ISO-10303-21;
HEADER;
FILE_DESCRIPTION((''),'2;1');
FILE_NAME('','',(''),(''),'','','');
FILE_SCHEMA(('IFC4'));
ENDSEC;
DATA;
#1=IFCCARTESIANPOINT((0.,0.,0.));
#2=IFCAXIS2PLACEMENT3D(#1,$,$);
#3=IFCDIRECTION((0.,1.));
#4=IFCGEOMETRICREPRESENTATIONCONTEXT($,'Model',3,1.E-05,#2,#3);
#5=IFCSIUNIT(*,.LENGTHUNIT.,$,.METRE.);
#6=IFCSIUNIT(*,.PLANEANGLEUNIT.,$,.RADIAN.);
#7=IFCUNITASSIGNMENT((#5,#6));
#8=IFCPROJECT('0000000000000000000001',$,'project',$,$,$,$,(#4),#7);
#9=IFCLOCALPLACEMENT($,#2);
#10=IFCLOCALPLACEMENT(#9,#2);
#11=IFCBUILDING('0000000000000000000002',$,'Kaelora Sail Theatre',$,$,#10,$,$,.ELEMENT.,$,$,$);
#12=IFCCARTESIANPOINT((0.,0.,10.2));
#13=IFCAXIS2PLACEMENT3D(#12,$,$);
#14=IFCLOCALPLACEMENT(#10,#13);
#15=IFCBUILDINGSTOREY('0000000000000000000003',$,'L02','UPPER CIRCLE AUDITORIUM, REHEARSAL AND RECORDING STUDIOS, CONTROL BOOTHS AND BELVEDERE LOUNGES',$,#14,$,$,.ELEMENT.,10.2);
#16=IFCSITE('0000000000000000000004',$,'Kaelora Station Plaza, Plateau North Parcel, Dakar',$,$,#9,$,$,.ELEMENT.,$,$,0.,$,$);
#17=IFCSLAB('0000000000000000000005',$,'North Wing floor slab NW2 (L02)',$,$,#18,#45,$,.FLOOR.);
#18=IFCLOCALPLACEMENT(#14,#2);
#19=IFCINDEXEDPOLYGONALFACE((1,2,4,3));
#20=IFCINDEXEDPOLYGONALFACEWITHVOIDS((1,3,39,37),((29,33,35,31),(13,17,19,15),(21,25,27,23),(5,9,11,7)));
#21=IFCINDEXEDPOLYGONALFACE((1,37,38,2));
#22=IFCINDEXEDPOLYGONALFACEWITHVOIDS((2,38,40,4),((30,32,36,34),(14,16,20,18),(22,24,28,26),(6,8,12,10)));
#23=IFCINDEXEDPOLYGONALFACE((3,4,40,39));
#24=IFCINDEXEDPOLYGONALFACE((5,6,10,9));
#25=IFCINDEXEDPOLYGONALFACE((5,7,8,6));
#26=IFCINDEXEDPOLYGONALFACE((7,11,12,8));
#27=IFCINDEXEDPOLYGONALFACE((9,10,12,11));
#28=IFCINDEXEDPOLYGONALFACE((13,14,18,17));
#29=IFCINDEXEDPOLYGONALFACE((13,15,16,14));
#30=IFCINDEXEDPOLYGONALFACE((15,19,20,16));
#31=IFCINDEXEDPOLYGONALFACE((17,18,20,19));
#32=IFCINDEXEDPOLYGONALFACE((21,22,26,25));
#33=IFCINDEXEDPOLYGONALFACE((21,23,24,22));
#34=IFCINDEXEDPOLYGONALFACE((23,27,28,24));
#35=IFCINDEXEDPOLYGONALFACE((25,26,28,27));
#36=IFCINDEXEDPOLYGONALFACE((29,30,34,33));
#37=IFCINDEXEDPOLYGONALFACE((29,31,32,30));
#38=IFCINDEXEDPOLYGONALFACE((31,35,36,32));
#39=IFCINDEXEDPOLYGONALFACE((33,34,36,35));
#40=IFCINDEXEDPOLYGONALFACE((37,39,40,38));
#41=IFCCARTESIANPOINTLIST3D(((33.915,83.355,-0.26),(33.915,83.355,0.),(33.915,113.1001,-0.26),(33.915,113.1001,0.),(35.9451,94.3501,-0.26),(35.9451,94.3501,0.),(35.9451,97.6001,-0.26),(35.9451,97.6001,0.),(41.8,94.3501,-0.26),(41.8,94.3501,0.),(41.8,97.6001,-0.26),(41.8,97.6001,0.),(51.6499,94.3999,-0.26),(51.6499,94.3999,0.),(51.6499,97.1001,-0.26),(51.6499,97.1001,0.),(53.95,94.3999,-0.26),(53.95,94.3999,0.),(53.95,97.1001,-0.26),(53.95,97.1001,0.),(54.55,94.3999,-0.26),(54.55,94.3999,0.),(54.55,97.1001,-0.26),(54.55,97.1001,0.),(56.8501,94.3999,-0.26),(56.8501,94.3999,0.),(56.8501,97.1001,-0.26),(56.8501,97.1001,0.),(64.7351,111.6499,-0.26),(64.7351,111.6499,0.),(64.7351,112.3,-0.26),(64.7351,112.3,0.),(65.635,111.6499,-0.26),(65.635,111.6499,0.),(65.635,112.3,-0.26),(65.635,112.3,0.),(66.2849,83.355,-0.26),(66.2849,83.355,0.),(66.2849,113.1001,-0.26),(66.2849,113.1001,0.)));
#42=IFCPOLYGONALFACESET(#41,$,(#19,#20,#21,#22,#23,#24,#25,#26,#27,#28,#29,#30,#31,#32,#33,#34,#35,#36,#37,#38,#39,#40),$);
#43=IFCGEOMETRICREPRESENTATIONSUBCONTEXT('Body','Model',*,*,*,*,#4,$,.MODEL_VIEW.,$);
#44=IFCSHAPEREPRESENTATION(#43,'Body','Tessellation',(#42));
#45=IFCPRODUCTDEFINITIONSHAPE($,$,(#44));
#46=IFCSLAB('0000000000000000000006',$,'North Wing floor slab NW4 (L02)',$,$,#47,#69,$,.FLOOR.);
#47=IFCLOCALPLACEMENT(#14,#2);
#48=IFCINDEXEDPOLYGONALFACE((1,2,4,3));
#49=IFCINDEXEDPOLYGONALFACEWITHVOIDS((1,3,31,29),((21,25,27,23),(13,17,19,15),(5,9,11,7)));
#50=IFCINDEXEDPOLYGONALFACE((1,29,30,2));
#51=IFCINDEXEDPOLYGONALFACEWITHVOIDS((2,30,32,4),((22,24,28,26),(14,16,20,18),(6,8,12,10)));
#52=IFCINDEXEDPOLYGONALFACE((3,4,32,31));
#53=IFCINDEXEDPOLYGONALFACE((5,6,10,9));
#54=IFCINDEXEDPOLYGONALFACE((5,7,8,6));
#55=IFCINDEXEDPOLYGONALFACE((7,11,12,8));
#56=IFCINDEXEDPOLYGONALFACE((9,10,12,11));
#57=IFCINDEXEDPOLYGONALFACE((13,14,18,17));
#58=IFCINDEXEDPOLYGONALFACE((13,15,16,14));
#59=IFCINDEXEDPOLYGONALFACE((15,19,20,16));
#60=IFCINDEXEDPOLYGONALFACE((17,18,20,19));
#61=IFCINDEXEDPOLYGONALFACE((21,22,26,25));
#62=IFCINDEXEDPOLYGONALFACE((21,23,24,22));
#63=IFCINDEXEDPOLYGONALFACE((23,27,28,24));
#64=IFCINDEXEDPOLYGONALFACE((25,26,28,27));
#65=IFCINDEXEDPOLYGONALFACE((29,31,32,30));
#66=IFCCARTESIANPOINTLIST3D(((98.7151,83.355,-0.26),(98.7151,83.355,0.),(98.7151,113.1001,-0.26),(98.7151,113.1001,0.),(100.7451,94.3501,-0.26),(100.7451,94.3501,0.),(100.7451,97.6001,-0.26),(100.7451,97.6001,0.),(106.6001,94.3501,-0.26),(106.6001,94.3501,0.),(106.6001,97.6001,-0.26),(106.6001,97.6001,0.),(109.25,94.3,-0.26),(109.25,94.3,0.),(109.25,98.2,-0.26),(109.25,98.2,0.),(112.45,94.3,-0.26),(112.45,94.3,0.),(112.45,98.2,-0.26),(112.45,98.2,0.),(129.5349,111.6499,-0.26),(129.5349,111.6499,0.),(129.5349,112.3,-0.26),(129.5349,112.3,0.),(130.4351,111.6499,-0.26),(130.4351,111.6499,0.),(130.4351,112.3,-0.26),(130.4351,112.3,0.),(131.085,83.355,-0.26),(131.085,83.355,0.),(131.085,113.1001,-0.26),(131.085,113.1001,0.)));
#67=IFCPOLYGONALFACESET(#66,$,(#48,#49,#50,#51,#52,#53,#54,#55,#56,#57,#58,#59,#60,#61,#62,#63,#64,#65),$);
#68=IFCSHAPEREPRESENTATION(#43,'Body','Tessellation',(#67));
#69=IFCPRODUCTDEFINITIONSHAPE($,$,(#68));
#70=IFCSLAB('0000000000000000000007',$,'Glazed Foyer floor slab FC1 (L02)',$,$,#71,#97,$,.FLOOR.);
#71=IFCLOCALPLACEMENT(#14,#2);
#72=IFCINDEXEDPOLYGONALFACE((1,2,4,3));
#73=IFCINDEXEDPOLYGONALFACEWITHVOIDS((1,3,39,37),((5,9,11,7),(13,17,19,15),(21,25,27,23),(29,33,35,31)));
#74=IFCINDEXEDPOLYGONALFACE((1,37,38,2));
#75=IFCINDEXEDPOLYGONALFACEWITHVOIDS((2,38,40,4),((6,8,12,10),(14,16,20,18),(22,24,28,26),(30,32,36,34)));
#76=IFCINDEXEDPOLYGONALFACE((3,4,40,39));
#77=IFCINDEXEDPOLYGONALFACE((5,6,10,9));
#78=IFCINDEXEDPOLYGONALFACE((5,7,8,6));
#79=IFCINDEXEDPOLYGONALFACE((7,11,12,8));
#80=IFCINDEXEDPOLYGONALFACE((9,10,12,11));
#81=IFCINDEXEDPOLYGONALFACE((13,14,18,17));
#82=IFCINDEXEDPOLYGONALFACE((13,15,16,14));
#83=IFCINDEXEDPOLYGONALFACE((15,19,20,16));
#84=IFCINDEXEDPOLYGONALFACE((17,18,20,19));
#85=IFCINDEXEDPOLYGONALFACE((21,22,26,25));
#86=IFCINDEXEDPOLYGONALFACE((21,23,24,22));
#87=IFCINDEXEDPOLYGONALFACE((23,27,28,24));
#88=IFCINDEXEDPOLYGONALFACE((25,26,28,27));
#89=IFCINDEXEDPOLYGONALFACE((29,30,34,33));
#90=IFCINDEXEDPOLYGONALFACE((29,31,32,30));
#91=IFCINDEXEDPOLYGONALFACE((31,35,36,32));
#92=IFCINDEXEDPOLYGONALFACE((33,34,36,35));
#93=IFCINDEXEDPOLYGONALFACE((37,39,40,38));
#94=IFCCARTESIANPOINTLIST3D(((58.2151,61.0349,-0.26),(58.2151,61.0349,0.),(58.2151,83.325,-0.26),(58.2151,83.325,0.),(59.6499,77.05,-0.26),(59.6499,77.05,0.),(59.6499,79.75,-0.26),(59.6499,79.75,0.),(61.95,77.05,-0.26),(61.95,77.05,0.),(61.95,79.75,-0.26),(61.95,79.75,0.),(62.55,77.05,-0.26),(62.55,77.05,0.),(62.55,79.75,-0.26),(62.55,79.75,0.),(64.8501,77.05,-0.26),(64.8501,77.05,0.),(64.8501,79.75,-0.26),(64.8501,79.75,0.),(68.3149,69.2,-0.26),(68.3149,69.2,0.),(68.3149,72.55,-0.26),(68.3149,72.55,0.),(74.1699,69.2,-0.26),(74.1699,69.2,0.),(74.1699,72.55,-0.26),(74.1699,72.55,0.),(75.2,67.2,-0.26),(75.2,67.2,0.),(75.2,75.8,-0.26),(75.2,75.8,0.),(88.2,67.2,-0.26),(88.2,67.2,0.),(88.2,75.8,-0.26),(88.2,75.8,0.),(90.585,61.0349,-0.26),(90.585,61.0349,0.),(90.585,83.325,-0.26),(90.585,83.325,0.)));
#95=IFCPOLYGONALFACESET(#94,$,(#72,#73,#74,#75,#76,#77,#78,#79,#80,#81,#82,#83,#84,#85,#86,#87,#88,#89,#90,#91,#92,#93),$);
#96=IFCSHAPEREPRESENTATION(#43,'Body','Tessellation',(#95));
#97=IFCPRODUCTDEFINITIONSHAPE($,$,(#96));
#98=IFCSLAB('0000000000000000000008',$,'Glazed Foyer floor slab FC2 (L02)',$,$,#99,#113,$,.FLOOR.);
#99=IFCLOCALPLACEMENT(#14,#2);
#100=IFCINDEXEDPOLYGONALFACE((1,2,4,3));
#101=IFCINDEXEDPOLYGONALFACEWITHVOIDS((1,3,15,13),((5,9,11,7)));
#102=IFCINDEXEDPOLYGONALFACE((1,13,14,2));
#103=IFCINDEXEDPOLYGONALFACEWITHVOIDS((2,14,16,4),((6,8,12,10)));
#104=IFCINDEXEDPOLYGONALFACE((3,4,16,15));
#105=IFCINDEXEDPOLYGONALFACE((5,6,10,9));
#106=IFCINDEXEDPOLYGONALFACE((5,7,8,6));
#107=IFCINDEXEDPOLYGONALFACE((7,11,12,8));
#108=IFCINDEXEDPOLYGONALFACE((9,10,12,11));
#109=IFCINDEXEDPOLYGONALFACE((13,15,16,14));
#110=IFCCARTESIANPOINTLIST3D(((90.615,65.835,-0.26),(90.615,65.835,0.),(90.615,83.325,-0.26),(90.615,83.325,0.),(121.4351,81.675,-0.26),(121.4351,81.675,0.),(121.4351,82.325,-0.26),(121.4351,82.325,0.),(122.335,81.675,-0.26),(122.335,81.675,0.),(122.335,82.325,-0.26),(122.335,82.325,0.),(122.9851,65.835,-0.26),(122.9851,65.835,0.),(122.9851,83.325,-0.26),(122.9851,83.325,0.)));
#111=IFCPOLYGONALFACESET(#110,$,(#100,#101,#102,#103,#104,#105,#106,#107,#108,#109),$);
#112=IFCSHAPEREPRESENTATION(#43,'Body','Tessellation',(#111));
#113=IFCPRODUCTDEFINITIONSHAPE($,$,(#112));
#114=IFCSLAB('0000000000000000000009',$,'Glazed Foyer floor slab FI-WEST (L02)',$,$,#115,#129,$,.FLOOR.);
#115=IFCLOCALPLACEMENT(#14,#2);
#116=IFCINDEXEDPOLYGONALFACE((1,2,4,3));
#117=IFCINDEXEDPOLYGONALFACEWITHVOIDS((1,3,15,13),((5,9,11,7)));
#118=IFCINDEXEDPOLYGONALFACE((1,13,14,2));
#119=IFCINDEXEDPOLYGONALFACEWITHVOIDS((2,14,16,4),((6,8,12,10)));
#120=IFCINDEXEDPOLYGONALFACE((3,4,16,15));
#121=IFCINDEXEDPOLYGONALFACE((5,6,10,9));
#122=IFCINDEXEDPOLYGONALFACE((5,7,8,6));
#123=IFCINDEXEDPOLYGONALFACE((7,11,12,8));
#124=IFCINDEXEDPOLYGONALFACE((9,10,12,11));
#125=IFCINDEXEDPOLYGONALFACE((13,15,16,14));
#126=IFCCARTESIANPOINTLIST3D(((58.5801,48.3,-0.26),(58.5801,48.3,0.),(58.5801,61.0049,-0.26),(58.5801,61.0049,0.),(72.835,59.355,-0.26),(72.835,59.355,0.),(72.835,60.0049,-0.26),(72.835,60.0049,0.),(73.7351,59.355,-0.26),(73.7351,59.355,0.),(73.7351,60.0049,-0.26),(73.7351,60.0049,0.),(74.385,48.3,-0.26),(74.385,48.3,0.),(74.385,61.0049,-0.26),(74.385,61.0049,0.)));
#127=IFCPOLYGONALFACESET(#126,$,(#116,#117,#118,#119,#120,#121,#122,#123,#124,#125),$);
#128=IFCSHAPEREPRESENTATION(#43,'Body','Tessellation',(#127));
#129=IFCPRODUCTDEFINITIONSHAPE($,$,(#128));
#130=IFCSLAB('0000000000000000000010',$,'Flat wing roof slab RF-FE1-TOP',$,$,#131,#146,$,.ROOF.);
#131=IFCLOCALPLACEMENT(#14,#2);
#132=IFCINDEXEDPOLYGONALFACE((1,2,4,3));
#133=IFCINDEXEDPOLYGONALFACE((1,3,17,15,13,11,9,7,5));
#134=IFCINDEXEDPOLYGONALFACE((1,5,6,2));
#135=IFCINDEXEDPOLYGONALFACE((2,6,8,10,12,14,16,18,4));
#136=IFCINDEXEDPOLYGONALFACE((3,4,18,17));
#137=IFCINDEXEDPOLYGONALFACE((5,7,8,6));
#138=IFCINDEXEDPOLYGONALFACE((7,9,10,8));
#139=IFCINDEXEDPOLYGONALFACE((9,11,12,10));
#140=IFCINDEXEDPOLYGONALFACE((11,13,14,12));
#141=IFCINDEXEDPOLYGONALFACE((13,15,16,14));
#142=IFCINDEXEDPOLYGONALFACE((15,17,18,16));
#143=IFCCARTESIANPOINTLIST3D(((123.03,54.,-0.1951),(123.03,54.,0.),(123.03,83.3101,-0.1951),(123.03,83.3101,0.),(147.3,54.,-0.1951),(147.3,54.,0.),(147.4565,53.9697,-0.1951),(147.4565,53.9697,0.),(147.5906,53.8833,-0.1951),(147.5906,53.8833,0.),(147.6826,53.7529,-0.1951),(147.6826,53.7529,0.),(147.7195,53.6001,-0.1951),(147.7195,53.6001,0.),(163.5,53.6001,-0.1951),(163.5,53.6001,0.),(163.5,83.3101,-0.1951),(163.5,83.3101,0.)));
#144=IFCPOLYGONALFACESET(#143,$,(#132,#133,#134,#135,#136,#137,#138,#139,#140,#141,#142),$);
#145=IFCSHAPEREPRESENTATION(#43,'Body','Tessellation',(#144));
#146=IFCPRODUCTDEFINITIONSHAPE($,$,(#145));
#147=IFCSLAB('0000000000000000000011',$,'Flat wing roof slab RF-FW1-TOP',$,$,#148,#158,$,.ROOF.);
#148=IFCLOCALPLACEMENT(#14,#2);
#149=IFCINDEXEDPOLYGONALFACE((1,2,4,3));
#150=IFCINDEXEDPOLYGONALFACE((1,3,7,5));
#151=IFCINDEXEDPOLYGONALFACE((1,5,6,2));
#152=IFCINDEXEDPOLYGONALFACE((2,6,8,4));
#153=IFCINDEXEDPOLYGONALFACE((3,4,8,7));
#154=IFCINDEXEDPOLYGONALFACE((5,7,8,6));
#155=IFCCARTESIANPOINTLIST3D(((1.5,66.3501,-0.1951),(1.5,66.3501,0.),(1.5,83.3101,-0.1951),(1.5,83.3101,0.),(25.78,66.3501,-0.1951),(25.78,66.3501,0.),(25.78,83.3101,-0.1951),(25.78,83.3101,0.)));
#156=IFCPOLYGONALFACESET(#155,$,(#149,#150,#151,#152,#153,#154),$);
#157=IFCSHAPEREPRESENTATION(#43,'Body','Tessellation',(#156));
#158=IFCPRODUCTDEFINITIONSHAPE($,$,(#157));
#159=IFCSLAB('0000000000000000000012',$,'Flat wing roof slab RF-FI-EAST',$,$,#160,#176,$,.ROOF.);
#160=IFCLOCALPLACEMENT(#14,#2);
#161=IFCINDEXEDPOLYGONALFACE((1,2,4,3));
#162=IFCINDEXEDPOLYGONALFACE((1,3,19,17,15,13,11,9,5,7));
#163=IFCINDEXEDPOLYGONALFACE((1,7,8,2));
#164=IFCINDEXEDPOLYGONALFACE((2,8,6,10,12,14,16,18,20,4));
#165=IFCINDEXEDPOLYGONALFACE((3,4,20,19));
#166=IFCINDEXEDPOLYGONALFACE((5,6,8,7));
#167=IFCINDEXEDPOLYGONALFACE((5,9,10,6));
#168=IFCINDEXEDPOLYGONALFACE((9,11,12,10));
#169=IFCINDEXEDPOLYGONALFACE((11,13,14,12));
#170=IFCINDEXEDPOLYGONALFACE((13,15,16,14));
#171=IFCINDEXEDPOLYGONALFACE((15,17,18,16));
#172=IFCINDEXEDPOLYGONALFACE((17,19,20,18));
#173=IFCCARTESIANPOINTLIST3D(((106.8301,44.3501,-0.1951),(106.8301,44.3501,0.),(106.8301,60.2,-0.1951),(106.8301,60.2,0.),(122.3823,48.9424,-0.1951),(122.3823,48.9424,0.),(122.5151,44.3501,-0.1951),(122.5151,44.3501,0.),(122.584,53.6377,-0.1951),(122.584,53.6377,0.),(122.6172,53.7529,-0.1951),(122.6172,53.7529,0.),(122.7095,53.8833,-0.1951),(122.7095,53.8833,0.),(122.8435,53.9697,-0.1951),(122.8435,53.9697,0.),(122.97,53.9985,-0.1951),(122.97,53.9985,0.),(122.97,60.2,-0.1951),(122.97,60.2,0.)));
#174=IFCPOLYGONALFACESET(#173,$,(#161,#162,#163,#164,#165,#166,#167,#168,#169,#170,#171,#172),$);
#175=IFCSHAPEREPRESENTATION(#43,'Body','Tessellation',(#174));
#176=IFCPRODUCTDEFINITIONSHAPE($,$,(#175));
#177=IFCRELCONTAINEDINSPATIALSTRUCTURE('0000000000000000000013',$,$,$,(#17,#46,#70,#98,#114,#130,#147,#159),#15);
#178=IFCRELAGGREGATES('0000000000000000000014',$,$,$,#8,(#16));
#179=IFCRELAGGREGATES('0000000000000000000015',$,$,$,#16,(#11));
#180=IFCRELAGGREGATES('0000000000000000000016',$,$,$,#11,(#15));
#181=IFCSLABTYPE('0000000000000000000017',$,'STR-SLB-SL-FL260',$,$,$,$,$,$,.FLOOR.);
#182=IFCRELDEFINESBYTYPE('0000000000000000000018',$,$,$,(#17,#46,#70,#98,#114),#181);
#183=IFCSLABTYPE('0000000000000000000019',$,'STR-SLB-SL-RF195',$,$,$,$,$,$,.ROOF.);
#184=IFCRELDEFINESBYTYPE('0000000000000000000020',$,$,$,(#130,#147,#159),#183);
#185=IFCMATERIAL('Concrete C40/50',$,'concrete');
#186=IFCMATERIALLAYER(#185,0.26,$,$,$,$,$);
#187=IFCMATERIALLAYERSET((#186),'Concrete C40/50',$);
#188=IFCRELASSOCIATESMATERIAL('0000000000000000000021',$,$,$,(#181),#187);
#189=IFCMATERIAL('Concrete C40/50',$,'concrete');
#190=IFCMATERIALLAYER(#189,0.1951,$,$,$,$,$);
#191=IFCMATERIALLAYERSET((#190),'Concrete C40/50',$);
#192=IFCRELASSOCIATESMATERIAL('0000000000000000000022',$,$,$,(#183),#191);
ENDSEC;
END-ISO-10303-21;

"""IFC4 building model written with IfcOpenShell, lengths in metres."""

from ifc_helpers import new_model, si_unit, direction, frame, origin, place, context, subcontext, project, spatial, polyline, outline, extrude, material, layer, layer_set, type_object, element, save


model = new_model("IFC4")

# Units and contexts
model_context = context("Model", 3, precision=1e-05, world=origin(), true_north=direction((0.0, 1.0)))
body_context = subcontext(model_context, "Body", "Model", "MODEL_VIEW")
ifc_project = project(units=[si_unit("LENGTHUNIT", "METRE"), si_unit("PLANEANGLEUNIT", "RADIAN")], contexts=[model_context])

# Site, building, storey
site_placement = place(None, origin())
site = spatial("IfcSite", under=ifc_project, at=site_placement, Name="Kaelora Station Plaza, Plateau North Parcel, Dakar", CompositionType="ELEMENT", RefElevation=0.0)
building_placement = place(site_placement, origin())
building = spatial("IfcBuilding", under=site, at=building_placement, Name="Kaelora Sail Theatre", CompositionType="ELEMENT")
storey_placement = place(building_placement, frame((0.0, 0.0, 10.2)))
storey = spatial("IfcBuildingStorey", under=building, at=storey_placement, Name="L02", Description="UPPER CIRCLE AUDITORIUM, REHEARSAL AND RECORDING STUDIOS, CONTROL BOOTHS AND BELVEDERE LOUNGES", CompositionType="ELEMENT", Elevation=10.2)

# Slabs
ifc_material_1 = material(Name="Concrete C40/50", Category="concrete")
ifc_layer_1 = layer(ifc_material_1, 0.26)
ifc_layer_set_1 = layer_set([ifc_layer_1], Name="Concrete C40/50")
slab_type_1 = type_object("IfcSlabType", Name="STR-SLB-SL-FL260", PredefinedType="FLOOR", material=ifc_layer_set_1)
slab_1_placement = place(storey_placement, frame((0.0, 0.0, -0.26)))
element("IfcSlab", 1, at=slab_1_placement, inside=storey, type_object=slab_type_1, Name="North Wing floor slab NW2 (L02)", PredefinedType="FLOOR", context=body_context, shape_type="SweptSolid", body=[
    extrude(outline(polyline([(33.915, 83.355), (33.915, 113.1001), (66.2849, 113.1001), (66.2849, 83.355), (33.915, 83.355)]), holes=[polyline([(35.9451, 94.3501), (41.8, 94.3501), (41.8, 97.6001), (35.9451, 97.6001), (35.9451, 94.3501)]), polyline([(51.6499, 94.3999), (53.95, 94.3999), (53.95, 97.1001), (51.6499, 97.1001), (51.6499, 94.3999)]), polyline([(54.55, 94.3999), (56.8501, 94.3999), (56.8501, 97.1001), (54.55, 97.1001), (54.55, 94.3999)]), polyline([(64.7351, 111.6499), (65.635, 111.6499), (65.635, 112.3), (64.7351, 112.3), (64.7351, 111.6499)])]), origin(), (0.0, 0.0, 1.0), 0.26),
])
slab_2_placement = place(storey_placement, frame((0.0, 0.0, -0.26)))
element("IfcSlab", 2, at=slab_2_placement, inside=storey, type_object=slab_type_1, Name="North Wing floor slab NW4 (L02)", PredefinedType="FLOOR", context=body_context, shape_type="SweptSolid", body=[
    extrude(outline(polyline([(98.7151, 83.355), (98.7151, 113.1001), (131.085, 113.1001), (131.085, 83.355), (98.7151, 83.355)]), holes=[polyline([(100.7451, 94.3501), (106.6001, 94.3501), (106.6001, 97.6001), (100.7451, 97.6001), (100.7451, 94.3501)]), polyline([(109.25, 94.3), (112.45, 94.3), (112.45, 98.2), (109.25, 98.2), (109.25, 94.3)]), polyline([(129.5349, 111.6499), (130.4351, 111.6499), (130.4351, 112.3), (129.5349, 112.3), (129.5349, 111.6499)])]), origin(), (0.0, 0.0, 1.0), 0.26),
])
slab_3_placement = place(storey_placement, frame((0.0, 0.0, -0.26)))
element("IfcSlab", 3, at=slab_3_placement, inside=storey, type_object=slab_type_1, Name="Glazed Foyer floor slab FC1 (L02)", PredefinedType="FLOOR", context=body_context, shape_type="SweptSolid", body=[
    extrude(outline(polyline([(58.2151, 61.0349), (90.585, 61.0349), (90.585, 83.325), (58.2151, 83.325), (58.2151, 61.0349)]), holes=[polyline([(68.3149, 69.2), (74.1699, 69.2), (74.1699, 72.55), (68.3149, 72.55), (68.3149, 69.2)]), polyline([(59.6499, 77.05), (61.95, 77.05), (61.95, 79.75), (59.6499, 79.75), (59.6499, 77.05)]), polyline([(62.55, 77.05), (64.8501, 77.05), (64.8501, 79.75), (62.55, 79.75), (62.55, 77.05)]), polyline([(75.2, 67.2), (88.2, 67.2), (88.2, 75.8), (75.2, 75.8), (75.2, 67.2)])]), origin(), (0.0, 0.0, 1.0), 0.26),
])
slab_4_placement = place(storey_placement, frame((0.0, 0.0, -0.26)))
element("IfcSlab", 4, at=slab_4_placement, inside=storey, type_object=slab_type_1, Name="Glazed Foyer floor slab FC2 (L02)", PredefinedType="FLOOR", context=body_context, shape_type="SweptSolid", body=[
    extrude(outline(polyline([(90.615, 65.835), (122.9851, 65.835), (122.9851, 83.325), (90.615, 83.325), (90.615, 65.835)]), holes=[polyline([(121.4351, 81.675), (122.335, 81.675), (122.335, 82.325), (121.4351, 82.325), (121.4351, 81.675)])]), origin(), (0.0, 0.0, 1.0), 0.26),
])
slab_5_placement = place(storey_placement, frame((0.0, 0.0, -0.26)))
element("IfcSlab", 5, at=slab_5_placement, inside=storey, type_object=slab_type_1, Name="Glazed Foyer floor slab FI-WEST (L02)", PredefinedType="FLOOR", context=body_context, shape_type="SweptSolid", body=[
    extrude(outline(polyline([(58.5801, 48.3), (74.385, 48.3), (74.385, 61.0049), (58.5801, 61.0049), (58.5801, 48.3)]), holes=[polyline([(72.835, 59.355), (73.7351, 59.355), (73.7351, 60.0049), (72.835, 60.0049), (72.835, 59.355)])]), origin(), (0.0, 0.0, 1.0), 0.26),
])
ifc_material_2 = material(Name="Concrete C40/50", Category="concrete")
ifc_layer_2 = layer(ifc_material_2, 0.1951)
ifc_layer_set_2 = layer_set([ifc_layer_2], Name="Concrete C40/50")
slab_type_2 = type_object("IfcSlabType", Name="STR-SLB-SL-RF195", PredefinedType="ROOF", material=ifc_layer_set_2)
slab_6_placement = place(storey_placement, frame((0.0, 0.0, -0.1951)))
element("IfcSlab", 6, at=slab_6_placement, inside=storey, type_object=slab_type_2, Name="Flat wing roof slab RF-FE1-TOP", PredefinedType="ROOF", context=body_context, shape_type="SweptSolid", body=[
    extrude(outline(polyline([(123.03, 83.3101), (163.5, 83.3101), (163.5, 53.6001), (147.7195, 53.6001), (147.6826, 53.7529), (147.5906, 53.8833), (147.4565, 53.9697), (147.3, 54.0), (123.03, 54.0), (123.03, 83.3101)])), origin(), (0.0, 0.0, 1.0), 0.1951),
])
slab_7_placement = place(storey_placement, frame((0.0, 0.0, -0.1951)))
element("IfcSlab", 7, at=slab_7_placement, inside=storey, type_object=slab_type_2, Name="Flat wing roof slab RF-FW1-TOP", PredefinedType="ROOF", context=body_context, shape_type="SweptSolid", body=[
    extrude(outline(polyline([(1.5, 83.3101), (25.78, 83.3101), (25.78, 66.3501), (1.5, 66.3501), (1.5, 83.3101)])), origin(), (0.0, 0.0, 1.0), 0.1951),
])
slab_8_placement = place(storey_placement, frame((0.0, 0.0, -0.1951)))
element("IfcSlab", 8, at=slab_8_placement, inside=storey, type_object=slab_type_2, Name="Flat wing roof slab RF-FI-EAST", PredefinedType="ROOF", context=body_context, shape_type="SweptSolid", body=[
    extrude(outline(polyline([(106.8301, 44.3501), (106.8301, 60.2), (122.97, 60.2), (122.97, 53.9985), (122.8435, 53.9697), (122.7095, 53.8833), (122.6172, 53.7529), (122.584, 53.6377), (122.3823, 48.9424), (122.5151, 44.3501), (106.8301, 44.3501)])), origin(), (0.0, 0.0, 1.0), 0.1951),
])

save(model, "model.ifc")
